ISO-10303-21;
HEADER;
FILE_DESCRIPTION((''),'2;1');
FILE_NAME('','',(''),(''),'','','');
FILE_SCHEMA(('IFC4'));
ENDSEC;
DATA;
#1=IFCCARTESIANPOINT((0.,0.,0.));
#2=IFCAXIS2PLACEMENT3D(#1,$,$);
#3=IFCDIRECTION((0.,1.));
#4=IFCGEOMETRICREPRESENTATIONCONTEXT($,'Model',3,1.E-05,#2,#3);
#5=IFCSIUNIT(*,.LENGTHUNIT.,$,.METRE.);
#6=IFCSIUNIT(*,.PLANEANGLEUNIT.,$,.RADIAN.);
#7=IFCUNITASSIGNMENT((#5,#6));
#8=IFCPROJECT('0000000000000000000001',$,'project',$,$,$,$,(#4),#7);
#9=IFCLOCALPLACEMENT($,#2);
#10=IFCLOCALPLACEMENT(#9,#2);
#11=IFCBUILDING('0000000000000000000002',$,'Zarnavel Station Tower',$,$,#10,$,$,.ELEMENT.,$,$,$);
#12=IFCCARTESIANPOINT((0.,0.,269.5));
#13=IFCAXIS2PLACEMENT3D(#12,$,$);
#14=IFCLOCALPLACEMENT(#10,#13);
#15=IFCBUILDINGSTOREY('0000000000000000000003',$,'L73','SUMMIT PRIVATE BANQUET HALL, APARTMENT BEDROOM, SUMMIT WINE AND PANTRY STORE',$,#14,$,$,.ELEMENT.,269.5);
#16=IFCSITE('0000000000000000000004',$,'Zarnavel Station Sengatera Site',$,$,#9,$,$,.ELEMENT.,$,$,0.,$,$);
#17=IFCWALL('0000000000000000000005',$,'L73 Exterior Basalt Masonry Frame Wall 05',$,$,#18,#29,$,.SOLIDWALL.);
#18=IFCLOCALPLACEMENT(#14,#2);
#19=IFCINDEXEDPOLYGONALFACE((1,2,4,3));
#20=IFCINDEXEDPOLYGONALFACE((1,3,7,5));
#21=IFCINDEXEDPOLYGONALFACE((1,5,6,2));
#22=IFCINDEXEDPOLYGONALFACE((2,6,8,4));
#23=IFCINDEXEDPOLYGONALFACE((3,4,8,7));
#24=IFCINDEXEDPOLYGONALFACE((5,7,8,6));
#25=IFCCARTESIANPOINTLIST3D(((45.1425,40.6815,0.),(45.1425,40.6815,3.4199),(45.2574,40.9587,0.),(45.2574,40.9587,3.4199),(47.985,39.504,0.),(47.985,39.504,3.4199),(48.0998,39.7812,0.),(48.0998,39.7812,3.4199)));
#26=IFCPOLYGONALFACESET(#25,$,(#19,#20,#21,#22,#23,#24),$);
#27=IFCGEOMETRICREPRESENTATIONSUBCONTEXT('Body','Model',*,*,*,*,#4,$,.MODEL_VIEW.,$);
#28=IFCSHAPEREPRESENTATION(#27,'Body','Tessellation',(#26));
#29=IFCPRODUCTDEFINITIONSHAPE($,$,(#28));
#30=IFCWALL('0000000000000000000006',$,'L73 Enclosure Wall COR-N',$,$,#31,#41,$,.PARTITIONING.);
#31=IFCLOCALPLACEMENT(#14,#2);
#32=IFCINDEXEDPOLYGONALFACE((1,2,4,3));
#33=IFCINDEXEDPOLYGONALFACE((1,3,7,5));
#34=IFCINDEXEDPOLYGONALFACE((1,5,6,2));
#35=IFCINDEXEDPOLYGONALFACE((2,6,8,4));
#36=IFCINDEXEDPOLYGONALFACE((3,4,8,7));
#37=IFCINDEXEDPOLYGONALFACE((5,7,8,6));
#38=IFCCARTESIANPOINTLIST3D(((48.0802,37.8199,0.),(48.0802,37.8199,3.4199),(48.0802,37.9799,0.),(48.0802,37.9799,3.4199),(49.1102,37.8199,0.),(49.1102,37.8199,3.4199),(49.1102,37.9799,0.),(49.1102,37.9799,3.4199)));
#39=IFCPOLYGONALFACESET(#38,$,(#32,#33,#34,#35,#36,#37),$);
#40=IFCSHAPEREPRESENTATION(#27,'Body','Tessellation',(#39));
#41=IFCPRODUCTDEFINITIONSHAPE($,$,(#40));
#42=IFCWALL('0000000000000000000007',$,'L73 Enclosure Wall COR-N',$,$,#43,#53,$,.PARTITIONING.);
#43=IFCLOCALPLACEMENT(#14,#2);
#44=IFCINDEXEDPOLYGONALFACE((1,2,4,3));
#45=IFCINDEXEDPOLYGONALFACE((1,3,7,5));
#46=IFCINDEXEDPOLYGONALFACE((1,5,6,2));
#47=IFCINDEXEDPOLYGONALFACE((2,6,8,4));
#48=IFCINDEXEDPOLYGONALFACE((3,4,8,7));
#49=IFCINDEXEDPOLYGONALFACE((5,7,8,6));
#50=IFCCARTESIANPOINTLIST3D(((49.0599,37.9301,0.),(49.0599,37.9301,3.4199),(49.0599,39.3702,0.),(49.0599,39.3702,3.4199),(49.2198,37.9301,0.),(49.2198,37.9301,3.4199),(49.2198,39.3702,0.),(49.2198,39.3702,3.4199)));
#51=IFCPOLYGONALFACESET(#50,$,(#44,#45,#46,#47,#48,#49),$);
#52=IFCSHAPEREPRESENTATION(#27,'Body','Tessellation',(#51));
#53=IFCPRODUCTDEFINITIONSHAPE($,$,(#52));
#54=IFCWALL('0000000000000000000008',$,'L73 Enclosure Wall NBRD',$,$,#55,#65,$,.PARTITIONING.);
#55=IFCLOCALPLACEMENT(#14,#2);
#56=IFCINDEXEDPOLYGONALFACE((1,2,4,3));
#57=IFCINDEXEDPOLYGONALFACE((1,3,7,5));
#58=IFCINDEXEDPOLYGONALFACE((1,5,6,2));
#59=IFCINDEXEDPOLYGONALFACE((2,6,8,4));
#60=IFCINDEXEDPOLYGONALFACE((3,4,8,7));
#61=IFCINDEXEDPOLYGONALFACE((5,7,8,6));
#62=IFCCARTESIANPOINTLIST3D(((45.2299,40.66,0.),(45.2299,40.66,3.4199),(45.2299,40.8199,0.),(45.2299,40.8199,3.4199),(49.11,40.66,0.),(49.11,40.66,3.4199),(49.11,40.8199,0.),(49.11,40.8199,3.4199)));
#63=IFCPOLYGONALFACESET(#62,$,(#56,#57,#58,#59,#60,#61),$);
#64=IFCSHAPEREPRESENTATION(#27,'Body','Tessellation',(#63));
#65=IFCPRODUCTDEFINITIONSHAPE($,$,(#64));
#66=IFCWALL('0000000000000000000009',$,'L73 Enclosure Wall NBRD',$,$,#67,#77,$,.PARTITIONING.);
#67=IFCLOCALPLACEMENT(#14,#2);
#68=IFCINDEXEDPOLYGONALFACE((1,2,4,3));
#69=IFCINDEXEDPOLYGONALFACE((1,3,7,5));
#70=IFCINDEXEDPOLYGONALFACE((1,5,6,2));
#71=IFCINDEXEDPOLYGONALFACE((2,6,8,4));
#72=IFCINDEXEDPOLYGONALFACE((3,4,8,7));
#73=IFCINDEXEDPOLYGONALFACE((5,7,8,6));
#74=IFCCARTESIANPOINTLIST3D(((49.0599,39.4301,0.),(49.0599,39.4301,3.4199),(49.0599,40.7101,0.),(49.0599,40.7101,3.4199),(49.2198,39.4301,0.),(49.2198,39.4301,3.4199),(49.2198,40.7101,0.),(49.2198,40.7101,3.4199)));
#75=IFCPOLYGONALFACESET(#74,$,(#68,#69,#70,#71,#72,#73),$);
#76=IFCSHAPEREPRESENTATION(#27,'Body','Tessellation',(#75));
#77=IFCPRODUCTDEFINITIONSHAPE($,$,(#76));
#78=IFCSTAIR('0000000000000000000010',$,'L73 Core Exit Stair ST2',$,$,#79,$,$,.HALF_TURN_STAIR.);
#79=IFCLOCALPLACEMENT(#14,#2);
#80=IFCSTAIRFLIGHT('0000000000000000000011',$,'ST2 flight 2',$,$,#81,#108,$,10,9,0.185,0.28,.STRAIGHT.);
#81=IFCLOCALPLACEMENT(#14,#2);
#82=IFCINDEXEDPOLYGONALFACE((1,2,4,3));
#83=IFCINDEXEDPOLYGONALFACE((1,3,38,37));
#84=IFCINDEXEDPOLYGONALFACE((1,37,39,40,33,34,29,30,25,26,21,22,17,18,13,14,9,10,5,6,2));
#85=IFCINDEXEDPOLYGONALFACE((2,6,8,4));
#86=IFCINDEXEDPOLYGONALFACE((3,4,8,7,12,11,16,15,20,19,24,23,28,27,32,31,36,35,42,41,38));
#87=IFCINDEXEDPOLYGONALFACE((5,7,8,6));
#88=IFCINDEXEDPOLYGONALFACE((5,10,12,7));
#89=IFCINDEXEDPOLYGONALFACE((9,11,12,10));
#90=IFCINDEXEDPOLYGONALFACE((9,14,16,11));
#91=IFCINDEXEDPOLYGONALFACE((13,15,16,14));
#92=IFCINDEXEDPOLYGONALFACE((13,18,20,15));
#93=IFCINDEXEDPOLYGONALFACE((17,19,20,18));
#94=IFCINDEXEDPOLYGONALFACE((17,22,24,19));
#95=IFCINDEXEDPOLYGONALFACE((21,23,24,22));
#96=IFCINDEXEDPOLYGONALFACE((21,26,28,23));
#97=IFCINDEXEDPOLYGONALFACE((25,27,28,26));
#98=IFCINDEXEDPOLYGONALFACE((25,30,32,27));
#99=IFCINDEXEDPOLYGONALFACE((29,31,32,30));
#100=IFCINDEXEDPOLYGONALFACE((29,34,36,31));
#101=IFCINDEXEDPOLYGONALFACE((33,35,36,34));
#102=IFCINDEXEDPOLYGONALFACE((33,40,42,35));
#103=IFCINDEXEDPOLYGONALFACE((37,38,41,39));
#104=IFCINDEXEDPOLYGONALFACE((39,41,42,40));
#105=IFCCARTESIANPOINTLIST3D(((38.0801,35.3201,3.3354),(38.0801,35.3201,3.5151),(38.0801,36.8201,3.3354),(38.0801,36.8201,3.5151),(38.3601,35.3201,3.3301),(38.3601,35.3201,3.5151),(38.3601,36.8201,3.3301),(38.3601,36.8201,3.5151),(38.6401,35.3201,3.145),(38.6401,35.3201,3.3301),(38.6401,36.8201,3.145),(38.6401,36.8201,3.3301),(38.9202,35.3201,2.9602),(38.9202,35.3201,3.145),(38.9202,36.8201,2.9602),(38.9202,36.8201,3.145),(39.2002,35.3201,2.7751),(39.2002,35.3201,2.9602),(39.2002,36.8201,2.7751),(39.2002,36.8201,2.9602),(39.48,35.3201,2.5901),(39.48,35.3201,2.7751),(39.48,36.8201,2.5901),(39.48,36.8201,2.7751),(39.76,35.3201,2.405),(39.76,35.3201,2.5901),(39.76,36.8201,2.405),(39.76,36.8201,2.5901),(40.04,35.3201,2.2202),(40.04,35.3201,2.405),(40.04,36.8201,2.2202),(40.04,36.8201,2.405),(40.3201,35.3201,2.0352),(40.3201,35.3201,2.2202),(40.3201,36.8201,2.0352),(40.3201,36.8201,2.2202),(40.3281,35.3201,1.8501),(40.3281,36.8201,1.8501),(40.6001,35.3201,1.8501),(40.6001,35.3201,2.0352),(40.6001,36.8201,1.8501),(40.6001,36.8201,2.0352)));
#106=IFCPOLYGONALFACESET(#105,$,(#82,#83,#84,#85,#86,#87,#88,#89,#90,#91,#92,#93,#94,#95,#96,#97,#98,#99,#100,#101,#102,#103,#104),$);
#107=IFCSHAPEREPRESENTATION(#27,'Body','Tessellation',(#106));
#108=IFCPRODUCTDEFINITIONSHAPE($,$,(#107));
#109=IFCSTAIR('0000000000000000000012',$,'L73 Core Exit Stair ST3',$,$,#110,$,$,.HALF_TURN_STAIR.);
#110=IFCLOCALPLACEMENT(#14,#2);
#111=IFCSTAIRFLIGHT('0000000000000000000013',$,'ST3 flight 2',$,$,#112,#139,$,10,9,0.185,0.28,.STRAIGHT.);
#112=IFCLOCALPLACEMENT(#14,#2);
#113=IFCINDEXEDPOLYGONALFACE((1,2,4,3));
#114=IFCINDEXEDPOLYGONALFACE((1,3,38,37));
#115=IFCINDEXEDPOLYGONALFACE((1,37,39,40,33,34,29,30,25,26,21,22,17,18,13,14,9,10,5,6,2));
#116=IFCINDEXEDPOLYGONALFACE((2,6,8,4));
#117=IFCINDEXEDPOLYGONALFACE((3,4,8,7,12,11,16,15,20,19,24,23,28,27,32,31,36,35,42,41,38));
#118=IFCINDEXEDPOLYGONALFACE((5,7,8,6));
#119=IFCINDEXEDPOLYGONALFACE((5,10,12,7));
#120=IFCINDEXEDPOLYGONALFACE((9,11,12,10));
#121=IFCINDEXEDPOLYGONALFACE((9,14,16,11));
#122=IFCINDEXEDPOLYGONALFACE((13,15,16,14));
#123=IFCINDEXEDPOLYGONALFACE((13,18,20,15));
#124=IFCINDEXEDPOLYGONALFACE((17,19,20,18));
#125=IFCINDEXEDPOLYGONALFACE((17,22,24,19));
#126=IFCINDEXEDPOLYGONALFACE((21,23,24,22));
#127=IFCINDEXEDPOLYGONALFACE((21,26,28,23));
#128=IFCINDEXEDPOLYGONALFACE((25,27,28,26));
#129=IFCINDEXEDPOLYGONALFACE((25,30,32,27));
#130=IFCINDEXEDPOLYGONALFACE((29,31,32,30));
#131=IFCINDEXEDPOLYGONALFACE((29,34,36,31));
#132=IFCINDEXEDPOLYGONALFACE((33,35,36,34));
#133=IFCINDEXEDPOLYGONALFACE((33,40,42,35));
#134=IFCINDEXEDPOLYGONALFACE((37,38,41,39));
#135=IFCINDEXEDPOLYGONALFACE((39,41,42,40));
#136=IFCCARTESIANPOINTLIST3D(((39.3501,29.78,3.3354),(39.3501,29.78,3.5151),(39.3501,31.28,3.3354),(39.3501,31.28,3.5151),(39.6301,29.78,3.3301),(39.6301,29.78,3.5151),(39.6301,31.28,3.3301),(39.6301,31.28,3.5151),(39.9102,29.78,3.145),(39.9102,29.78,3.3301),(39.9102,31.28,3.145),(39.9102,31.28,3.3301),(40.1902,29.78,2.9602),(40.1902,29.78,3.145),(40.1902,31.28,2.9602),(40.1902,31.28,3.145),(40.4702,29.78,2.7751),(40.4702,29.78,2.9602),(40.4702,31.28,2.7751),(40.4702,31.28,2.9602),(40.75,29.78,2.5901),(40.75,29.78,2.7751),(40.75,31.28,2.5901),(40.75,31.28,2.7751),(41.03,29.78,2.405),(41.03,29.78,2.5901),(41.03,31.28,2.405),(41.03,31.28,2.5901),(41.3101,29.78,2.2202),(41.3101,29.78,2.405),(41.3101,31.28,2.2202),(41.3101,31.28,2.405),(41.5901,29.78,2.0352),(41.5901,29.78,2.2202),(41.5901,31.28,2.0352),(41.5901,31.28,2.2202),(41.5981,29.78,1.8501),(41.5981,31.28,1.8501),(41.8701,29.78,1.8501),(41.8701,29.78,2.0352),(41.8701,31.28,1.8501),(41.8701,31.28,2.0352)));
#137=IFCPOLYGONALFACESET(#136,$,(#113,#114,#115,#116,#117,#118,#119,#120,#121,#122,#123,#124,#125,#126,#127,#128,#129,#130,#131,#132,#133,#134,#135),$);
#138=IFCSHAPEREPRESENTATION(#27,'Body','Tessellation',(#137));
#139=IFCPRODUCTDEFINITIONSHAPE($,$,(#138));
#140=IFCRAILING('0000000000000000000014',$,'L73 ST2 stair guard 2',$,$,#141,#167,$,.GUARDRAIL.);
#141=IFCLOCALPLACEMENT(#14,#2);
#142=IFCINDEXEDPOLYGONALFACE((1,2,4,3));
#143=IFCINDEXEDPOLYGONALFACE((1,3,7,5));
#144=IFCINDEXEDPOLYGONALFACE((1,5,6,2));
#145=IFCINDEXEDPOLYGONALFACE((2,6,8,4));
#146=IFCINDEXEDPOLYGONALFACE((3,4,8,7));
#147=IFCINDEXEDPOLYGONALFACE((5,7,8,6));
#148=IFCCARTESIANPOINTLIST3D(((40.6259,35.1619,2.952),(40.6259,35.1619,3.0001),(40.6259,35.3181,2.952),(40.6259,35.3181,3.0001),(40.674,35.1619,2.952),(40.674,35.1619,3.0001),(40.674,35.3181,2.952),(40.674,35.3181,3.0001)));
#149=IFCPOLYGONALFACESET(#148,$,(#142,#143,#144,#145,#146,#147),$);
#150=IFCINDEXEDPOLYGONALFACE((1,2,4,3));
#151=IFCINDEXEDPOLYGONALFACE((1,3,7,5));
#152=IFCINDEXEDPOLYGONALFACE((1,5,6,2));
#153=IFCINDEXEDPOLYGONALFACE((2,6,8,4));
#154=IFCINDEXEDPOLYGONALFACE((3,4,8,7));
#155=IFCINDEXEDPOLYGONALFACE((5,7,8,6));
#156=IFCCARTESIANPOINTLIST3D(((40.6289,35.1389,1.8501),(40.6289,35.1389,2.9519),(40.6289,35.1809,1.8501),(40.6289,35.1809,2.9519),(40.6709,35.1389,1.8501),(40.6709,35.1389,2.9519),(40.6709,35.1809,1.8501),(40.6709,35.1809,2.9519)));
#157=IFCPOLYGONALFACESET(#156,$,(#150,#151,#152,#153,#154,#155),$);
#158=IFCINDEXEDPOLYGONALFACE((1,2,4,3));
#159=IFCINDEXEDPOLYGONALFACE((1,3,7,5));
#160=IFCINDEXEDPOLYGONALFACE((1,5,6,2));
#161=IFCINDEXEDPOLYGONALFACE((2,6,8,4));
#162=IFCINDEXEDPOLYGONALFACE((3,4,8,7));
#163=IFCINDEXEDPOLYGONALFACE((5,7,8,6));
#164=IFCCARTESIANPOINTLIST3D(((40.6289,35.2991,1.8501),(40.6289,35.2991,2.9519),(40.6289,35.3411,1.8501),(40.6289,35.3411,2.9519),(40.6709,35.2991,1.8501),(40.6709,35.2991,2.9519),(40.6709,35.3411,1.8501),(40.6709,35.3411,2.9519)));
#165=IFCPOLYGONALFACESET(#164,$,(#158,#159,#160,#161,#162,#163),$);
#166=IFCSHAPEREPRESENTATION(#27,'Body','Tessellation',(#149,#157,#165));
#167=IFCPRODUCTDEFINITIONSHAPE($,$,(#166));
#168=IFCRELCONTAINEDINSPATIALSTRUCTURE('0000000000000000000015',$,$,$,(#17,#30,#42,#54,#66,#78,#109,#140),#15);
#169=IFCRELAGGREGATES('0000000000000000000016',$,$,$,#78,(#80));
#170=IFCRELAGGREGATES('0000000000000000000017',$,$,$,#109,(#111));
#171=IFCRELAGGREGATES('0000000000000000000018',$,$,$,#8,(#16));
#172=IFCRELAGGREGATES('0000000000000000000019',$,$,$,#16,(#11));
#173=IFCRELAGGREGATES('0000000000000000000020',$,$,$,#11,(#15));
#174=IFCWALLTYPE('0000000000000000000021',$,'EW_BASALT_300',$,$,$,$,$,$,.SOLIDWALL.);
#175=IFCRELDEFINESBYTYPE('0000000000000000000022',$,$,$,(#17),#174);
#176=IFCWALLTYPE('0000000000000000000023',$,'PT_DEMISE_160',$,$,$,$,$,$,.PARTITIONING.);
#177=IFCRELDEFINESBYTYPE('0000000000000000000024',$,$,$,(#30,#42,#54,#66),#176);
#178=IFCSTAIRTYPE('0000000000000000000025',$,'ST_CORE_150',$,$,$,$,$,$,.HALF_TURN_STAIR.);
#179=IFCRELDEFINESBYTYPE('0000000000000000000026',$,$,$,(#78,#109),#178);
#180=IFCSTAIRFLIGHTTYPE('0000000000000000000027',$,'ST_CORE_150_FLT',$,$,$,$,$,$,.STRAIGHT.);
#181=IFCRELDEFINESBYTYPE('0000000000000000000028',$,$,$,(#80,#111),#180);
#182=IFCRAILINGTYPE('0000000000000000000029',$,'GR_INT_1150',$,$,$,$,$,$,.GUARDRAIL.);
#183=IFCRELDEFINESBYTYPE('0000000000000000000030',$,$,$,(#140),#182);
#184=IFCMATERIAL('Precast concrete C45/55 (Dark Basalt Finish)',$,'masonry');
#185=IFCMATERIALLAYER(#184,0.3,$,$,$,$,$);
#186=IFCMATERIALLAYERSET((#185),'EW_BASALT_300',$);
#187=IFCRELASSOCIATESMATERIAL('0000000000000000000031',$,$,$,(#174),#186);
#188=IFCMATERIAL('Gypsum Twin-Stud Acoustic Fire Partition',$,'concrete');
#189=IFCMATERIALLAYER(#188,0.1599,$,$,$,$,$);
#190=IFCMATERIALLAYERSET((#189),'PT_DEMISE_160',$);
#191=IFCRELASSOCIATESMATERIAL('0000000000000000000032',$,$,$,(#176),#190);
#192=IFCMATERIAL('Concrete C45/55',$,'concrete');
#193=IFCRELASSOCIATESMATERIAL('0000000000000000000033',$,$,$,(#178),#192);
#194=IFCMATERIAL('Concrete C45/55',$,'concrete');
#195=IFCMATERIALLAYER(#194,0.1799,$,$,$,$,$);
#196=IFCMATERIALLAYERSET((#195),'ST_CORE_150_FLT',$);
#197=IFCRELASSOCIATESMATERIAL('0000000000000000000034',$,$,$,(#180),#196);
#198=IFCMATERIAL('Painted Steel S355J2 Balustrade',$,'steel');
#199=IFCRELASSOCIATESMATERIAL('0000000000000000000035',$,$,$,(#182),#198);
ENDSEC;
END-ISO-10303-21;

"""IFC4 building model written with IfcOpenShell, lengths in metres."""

from ifc_helpers import new_model, si_unit, direction, frame, frame_2d, origin, origin_2d, place, context, subcontext, project, spatial, polyline, rectangle, outline, extrude, material, layer, layer_set, type_object, element, aggregate, save


model = new_model("IFC4")

# Units and contexts
model_context = context("Model", 3, precision=1e-05, world=origin(), true_north=direction((0.0, 1.0)))
body_context = subcontext(model_context, "Body", "Model", "MODEL_VIEW")
ifc_project = project(units=[si_unit("LENGTHUNIT", "METRE"), si_unit("PLANEANGLEUNIT", "RADIAN")], contexts=[model_context])

# Site, building, storey
site_placement = place(None, origin())
site = spatial("IfcSite", under=ifc_project, at=site_placement, Name="Zarnavel Station Sengatera Site", CompositionType="ELEMENT", RefElevation=0.0)
building_placement = place(site_placement, origin())
building = spatial("IfcBuilding", under=site, at=building_placement, Name="Zarnavel Station Tower", CompositionType="ELEMENT")
storey_placement = place(building_placement, frame((0.0, 0.0, 269.5)))
storey = spatial("IfcBuildingStorey", under=building, at=storey_placement, Name="L73", Description="SUMMIT PRIVATE BANQUET HALL, APARTMENT BEDROOM, SUMMIT WINE AND PANTRY STORE", CompositionType="ELEMENT", Elevation=269.5)

# Shared definitions
ifc_material_1 = material(Name="Precast concrete C45/55 (Dark Basalt Finish)", Category="masonry")
ifc_layer_1 = layer(ifc_material_1, 0.3)
ifc_layer_set_1 = layer_set([ifc_layer_1], Name="EW_BASALT_300")
wall_type_1 = type_object("IfcWallType", Name="EW_BASALT_300", PredefinedType="SOLIDWALL", material=ifc_layer_set_1)

# Walls
for number, where, z_axis, x_axis, name in (
    (1, (45.2, 40.8201, 0.0), (0.0, 0.0, 1.0), (0.923871, -0.382705, 0.0), "L73 Exterior Basalt Masonry Frame Wall 05"),
):
    element("IfcWall", number, at=place(storey_placement, frame(where, z_axis=z_axis, x_axis=x_axis)), inside=storey, type_object=wall_type_1, Name=name, PredefinedType="SOLIDWALL", context=body_context, shape_type="SweptSolid", body=[
        extrude(rectangle(XDim=3.0767, YDim=0.3, at=frame_2d((1.5383, 0.0))), origin(), (0.0, 0.0, 1.0), 3.4199),
    ])
ifc_material_2 = material(Name="Gypsum Twin-Stud Acoustic Fire Partition", Category="concrete")
ifc_layer_2 = layer(ifc_material_2, 0.1599)
ifc_layer_set_2 = layer_set([ifc_layer_2], Name="PT_DEMISE_160")
wall_type_2 = type_object("IfcWallType", Name="PT_DEMISE_160", PredefinedType="PARTITIONING", material=ifc_layer_set_2)
wall_1_placement = place(storey_placement, frame((48.0801, 37.8999, 0.0), z_axis=(0.0, 0.0, 1.0), x_axis=(1.0, 0.0, 0.0)))
element("IfcWall", 2, at=wall_1_placement, inside=storey, type_object=wall_type_2, Name="L73 Enclosure Wall COR-N", PredefinedType="PARTITIONING", context=body_context, shape_type="SweptSolid", body=[
    extrude(rectangle(XDim=1.03, YDim=0.1599, at=frame_2d((0.5151, 0.0))), origin(), (0.0, 0.0, 1.0), 3.4199),
])
wall_2_placement = place(storey_placement, frame((49.1399, 37.9299, 0.0), z_axis=(0.0, 0.0, 1.0), x_axis=(0.0, 1.0, 0.0)))
element("IfcWall", 3, at=wall_2_placement, inside=storey, type_object=wall_type_2, Name="L73 Enclosure Wall COR-N", PredefinedType="PARTITIONING", context=body_context, shape_type="SweptSolid", body=[
    extrude(rectangle(XDim=1.4402, YDim=0.1599, at=frame_2d((0.7202, 0.0))), origin(), (0.0, 0.0, 1.0), 3.4199),
])
wall_3_placement = place(storey_placement, frame((45.23, 40.74, 0.0), z_axis=(0.0, 0.0, 1.0), x_axis=(1.0, 0.0, 0.0)))
element("IfcWall", 4, at=wall_3_placement, inside=storey, type_object=wall_type_2, Name="L73 Enclosure Wall NBRD", PredefinedType="PARTITIONING", context=body_context, shape_type="SweptSolid", body=[
    extrude(rectangle(XDim=3.8801, YDim=0.1599, at=frame_2d((1.9399, 0.0))), origin(), (0.0, 0.0, 1.0), 3.4199),
])
wall_4_placement = place(storey_placement, frame((49.1399, 39.4299, 0.0), z_axis=(0.0, 0.0, 1.0), x_axis=(0.0, 1.0, 0.0)))
element("IfcWall", 5, at=wall_4_placement, inside=storey, type_object=wall_type_2, Name="L73 Enclosure Wall NBRD", PredefinedType="PARTITIONING", context=body_context, shape_type="SweptSolid", body=[
    extrude(rectangle(XDim=1.28, YDim=0.1599, at=frame_2d((0.6401, 0.0))), origin(), (0.0, 0.0, 1.0), 3.4199),
])

# Stairs, stair flights
ifc_material_3 = material(Name="Concrete C45/55", Category="concrete")
stair_type = type_object("IfcStairType", Name="ST_CORE_150", PredefinedType="HALF_TURN_STAIR", material=ifc_material_3)
stair_1_placement = place(storey_placement, origin())
stair_1 = element("IfcStair", 6, at=stair_1_placement, inside=storey, type_object=stair_type, Name="L73 Core Exit Stair ST2", PredefinedType="HALF_TURN_STAIR")
ifc_material_4 = material(Name="Concrete C45/55", Category="concrete")
ifc_layer_3 = layer(ifc_material_4, 0.1799)
ifc_layer_set_3 = layer_set([ifc_layer_3], Name="ST_CORE_150_FLT")
stair_flight_type = type_object("IfcStairFlightType", Name="ST_CORE_150_FLT", PredefinedType="STRAIGHT", material=ifc_layer_set_3)
stair_flight_1_placement = place(storey_placement, frame((40.6001, 36.0701, 1.8501), z_axis=(0.0, 0.0, 1.0), x_axis=(-1.0, 0.0, 0.0)))
stair_flight_1 = element("IfcStairFlight", 7, at=stair_flight_1_placement, type_object=stair_flight_type, Name="ST2 flight 2", NumberOfRisers=10, NumberOfTreads=9, PredefinedType="STRAIGHT", RiserHeight=0.185, TreadLength=0.28, context=body_context, shape_type="SweptSolid", body=[
    extrude(outline(polyline([(0.0, 0.0), (0.0, 0.1851), (0.28, 0.1851), (0.28, 0.3701), (0.5601, 0.3701), (0.5601, 0.5549), (0.8401, 0.5549), (0.8401, 0.74), (1.1201, 0.74), (1.1201, 0.925), (1.3999, 0.925), (1.3999, 1.1101), (1.6799, 1.1101), (1.6799, 1.2949), (1.96, 1.2949), (1.96, 1.48), (2.24, 1.48), (2.24, 1.665), (2.52, 1.665), (2.52, 1.8501), (2.52, 1.4854), (0.272, 0.0), (0.0, 0.0)])), frame((0.0, 0.75, 0.0), z_axis=(0.0, -1.0, 0.0), x_axis=(1.0, 0.0, 0.0)), (0.0, 0.0, 1.0), 1.5),
])
aggregate(stair_1, [stair_flight_1])
stair_2_placement = place(storey_placement, origin())
stair_2 = element("IfcStair", 8, at=stair_2_placement, inside=storey, type_object=stair_type, Name="L73 Core Exit Stair ST3", PredefinedType="HALF_TURN_STAIR")
stair_flight_2_placement = place(storey_placement, frame((41.8701, 30.53, 1.8501), z_axis=(0.0, 0.0, 1.0), x_axis=(-1.0, 0.0, 0.0)))
stair_flight_2 = element("IfcStairFlight", 9, at=stair_flight_2_placement, type_object=stair_flight_type, Name="ST3 flight 2", NumberOfRisers=10, NumberOfTreads=9, PredefinedType="STRAIGHT", RiserHeight=0.185, TreadLength=0.28, context=body_context, shape_type="SweptSolid", body=[
    extrude(outline(polyline([(0.0, 0.0), (0.0, 0.1851), (0.28, 0.1851), (0.28, 0.3701), (0.5601, 0.3701), (0.5601, 0.5549), (0.8401, 0.5549), (0.8401, 0.74), (1.1201, 0.74), (1.1201, 0.925), (1.3999, 0.925), (1.3999, 1.1101), (1.6799, 1.1101), (1.6799, 1.2949), (1.96, 1.2949), (1.96, 1.48), (2.24, 1.48), (2.24, 1.665), (2.52, 1.665), (2.52, 1.8501), (2.52, 1.4854), (0.272, 0.0), (0.0, 0.0)])), frame((0.0, 0.75, 0.0), z_axis=(0.0, -1.0, 0.0), x_axis=(1.0, 0.0, 0.0)), (0.0, 0.0, 1.0), 1.5),
])
aggregate(stair_2, [stair_flight_2])

# Railing
ifc_material_5 = material(Name="Painted Steel S355J2 Balustrade", Category="steel")
railing_type_1 = type_object("IfcRailingType", Name="GR_INT_1150", PredefinedType="GUARDRAIL", material=ifc_material_5)
railing_placement = place(storey_placement, frame((40.6499, 35.1599, 1.8501)))
element("IfcRailing", 10, at=railing_placement, inside=storey, type_object=railing_type_1, Name="L73 ST2 stair guard 2", PredefinedType="GUARDRAIL", context=body_context, shape_type="SweptSolid", body=[
    extrude(rectangle(XDim=0.0481, YDim=0.0481, at=origin_2d()), frame((0.0, 0.002, 1.126), z_axis=(0.0, 1.0, 0.0), x_axis=(-1.0, 0.0, 0.0)), (0.0, 0.0, 1.0), 0.1562),
    extrude(rectangle(XDim=0.042, YDim=0.042, at=origin_2d()), origin(), (0.0, 0.0, 1.0), 1.1018),
    extrude(rectangle(XDim=0.042, YDim=0.042, at=origin_2d()), frame((0.0, 0.1602, 0.0)), (0.0, 0.0, 1.0), 1.1018),
])

save(model, "model.ifc")
